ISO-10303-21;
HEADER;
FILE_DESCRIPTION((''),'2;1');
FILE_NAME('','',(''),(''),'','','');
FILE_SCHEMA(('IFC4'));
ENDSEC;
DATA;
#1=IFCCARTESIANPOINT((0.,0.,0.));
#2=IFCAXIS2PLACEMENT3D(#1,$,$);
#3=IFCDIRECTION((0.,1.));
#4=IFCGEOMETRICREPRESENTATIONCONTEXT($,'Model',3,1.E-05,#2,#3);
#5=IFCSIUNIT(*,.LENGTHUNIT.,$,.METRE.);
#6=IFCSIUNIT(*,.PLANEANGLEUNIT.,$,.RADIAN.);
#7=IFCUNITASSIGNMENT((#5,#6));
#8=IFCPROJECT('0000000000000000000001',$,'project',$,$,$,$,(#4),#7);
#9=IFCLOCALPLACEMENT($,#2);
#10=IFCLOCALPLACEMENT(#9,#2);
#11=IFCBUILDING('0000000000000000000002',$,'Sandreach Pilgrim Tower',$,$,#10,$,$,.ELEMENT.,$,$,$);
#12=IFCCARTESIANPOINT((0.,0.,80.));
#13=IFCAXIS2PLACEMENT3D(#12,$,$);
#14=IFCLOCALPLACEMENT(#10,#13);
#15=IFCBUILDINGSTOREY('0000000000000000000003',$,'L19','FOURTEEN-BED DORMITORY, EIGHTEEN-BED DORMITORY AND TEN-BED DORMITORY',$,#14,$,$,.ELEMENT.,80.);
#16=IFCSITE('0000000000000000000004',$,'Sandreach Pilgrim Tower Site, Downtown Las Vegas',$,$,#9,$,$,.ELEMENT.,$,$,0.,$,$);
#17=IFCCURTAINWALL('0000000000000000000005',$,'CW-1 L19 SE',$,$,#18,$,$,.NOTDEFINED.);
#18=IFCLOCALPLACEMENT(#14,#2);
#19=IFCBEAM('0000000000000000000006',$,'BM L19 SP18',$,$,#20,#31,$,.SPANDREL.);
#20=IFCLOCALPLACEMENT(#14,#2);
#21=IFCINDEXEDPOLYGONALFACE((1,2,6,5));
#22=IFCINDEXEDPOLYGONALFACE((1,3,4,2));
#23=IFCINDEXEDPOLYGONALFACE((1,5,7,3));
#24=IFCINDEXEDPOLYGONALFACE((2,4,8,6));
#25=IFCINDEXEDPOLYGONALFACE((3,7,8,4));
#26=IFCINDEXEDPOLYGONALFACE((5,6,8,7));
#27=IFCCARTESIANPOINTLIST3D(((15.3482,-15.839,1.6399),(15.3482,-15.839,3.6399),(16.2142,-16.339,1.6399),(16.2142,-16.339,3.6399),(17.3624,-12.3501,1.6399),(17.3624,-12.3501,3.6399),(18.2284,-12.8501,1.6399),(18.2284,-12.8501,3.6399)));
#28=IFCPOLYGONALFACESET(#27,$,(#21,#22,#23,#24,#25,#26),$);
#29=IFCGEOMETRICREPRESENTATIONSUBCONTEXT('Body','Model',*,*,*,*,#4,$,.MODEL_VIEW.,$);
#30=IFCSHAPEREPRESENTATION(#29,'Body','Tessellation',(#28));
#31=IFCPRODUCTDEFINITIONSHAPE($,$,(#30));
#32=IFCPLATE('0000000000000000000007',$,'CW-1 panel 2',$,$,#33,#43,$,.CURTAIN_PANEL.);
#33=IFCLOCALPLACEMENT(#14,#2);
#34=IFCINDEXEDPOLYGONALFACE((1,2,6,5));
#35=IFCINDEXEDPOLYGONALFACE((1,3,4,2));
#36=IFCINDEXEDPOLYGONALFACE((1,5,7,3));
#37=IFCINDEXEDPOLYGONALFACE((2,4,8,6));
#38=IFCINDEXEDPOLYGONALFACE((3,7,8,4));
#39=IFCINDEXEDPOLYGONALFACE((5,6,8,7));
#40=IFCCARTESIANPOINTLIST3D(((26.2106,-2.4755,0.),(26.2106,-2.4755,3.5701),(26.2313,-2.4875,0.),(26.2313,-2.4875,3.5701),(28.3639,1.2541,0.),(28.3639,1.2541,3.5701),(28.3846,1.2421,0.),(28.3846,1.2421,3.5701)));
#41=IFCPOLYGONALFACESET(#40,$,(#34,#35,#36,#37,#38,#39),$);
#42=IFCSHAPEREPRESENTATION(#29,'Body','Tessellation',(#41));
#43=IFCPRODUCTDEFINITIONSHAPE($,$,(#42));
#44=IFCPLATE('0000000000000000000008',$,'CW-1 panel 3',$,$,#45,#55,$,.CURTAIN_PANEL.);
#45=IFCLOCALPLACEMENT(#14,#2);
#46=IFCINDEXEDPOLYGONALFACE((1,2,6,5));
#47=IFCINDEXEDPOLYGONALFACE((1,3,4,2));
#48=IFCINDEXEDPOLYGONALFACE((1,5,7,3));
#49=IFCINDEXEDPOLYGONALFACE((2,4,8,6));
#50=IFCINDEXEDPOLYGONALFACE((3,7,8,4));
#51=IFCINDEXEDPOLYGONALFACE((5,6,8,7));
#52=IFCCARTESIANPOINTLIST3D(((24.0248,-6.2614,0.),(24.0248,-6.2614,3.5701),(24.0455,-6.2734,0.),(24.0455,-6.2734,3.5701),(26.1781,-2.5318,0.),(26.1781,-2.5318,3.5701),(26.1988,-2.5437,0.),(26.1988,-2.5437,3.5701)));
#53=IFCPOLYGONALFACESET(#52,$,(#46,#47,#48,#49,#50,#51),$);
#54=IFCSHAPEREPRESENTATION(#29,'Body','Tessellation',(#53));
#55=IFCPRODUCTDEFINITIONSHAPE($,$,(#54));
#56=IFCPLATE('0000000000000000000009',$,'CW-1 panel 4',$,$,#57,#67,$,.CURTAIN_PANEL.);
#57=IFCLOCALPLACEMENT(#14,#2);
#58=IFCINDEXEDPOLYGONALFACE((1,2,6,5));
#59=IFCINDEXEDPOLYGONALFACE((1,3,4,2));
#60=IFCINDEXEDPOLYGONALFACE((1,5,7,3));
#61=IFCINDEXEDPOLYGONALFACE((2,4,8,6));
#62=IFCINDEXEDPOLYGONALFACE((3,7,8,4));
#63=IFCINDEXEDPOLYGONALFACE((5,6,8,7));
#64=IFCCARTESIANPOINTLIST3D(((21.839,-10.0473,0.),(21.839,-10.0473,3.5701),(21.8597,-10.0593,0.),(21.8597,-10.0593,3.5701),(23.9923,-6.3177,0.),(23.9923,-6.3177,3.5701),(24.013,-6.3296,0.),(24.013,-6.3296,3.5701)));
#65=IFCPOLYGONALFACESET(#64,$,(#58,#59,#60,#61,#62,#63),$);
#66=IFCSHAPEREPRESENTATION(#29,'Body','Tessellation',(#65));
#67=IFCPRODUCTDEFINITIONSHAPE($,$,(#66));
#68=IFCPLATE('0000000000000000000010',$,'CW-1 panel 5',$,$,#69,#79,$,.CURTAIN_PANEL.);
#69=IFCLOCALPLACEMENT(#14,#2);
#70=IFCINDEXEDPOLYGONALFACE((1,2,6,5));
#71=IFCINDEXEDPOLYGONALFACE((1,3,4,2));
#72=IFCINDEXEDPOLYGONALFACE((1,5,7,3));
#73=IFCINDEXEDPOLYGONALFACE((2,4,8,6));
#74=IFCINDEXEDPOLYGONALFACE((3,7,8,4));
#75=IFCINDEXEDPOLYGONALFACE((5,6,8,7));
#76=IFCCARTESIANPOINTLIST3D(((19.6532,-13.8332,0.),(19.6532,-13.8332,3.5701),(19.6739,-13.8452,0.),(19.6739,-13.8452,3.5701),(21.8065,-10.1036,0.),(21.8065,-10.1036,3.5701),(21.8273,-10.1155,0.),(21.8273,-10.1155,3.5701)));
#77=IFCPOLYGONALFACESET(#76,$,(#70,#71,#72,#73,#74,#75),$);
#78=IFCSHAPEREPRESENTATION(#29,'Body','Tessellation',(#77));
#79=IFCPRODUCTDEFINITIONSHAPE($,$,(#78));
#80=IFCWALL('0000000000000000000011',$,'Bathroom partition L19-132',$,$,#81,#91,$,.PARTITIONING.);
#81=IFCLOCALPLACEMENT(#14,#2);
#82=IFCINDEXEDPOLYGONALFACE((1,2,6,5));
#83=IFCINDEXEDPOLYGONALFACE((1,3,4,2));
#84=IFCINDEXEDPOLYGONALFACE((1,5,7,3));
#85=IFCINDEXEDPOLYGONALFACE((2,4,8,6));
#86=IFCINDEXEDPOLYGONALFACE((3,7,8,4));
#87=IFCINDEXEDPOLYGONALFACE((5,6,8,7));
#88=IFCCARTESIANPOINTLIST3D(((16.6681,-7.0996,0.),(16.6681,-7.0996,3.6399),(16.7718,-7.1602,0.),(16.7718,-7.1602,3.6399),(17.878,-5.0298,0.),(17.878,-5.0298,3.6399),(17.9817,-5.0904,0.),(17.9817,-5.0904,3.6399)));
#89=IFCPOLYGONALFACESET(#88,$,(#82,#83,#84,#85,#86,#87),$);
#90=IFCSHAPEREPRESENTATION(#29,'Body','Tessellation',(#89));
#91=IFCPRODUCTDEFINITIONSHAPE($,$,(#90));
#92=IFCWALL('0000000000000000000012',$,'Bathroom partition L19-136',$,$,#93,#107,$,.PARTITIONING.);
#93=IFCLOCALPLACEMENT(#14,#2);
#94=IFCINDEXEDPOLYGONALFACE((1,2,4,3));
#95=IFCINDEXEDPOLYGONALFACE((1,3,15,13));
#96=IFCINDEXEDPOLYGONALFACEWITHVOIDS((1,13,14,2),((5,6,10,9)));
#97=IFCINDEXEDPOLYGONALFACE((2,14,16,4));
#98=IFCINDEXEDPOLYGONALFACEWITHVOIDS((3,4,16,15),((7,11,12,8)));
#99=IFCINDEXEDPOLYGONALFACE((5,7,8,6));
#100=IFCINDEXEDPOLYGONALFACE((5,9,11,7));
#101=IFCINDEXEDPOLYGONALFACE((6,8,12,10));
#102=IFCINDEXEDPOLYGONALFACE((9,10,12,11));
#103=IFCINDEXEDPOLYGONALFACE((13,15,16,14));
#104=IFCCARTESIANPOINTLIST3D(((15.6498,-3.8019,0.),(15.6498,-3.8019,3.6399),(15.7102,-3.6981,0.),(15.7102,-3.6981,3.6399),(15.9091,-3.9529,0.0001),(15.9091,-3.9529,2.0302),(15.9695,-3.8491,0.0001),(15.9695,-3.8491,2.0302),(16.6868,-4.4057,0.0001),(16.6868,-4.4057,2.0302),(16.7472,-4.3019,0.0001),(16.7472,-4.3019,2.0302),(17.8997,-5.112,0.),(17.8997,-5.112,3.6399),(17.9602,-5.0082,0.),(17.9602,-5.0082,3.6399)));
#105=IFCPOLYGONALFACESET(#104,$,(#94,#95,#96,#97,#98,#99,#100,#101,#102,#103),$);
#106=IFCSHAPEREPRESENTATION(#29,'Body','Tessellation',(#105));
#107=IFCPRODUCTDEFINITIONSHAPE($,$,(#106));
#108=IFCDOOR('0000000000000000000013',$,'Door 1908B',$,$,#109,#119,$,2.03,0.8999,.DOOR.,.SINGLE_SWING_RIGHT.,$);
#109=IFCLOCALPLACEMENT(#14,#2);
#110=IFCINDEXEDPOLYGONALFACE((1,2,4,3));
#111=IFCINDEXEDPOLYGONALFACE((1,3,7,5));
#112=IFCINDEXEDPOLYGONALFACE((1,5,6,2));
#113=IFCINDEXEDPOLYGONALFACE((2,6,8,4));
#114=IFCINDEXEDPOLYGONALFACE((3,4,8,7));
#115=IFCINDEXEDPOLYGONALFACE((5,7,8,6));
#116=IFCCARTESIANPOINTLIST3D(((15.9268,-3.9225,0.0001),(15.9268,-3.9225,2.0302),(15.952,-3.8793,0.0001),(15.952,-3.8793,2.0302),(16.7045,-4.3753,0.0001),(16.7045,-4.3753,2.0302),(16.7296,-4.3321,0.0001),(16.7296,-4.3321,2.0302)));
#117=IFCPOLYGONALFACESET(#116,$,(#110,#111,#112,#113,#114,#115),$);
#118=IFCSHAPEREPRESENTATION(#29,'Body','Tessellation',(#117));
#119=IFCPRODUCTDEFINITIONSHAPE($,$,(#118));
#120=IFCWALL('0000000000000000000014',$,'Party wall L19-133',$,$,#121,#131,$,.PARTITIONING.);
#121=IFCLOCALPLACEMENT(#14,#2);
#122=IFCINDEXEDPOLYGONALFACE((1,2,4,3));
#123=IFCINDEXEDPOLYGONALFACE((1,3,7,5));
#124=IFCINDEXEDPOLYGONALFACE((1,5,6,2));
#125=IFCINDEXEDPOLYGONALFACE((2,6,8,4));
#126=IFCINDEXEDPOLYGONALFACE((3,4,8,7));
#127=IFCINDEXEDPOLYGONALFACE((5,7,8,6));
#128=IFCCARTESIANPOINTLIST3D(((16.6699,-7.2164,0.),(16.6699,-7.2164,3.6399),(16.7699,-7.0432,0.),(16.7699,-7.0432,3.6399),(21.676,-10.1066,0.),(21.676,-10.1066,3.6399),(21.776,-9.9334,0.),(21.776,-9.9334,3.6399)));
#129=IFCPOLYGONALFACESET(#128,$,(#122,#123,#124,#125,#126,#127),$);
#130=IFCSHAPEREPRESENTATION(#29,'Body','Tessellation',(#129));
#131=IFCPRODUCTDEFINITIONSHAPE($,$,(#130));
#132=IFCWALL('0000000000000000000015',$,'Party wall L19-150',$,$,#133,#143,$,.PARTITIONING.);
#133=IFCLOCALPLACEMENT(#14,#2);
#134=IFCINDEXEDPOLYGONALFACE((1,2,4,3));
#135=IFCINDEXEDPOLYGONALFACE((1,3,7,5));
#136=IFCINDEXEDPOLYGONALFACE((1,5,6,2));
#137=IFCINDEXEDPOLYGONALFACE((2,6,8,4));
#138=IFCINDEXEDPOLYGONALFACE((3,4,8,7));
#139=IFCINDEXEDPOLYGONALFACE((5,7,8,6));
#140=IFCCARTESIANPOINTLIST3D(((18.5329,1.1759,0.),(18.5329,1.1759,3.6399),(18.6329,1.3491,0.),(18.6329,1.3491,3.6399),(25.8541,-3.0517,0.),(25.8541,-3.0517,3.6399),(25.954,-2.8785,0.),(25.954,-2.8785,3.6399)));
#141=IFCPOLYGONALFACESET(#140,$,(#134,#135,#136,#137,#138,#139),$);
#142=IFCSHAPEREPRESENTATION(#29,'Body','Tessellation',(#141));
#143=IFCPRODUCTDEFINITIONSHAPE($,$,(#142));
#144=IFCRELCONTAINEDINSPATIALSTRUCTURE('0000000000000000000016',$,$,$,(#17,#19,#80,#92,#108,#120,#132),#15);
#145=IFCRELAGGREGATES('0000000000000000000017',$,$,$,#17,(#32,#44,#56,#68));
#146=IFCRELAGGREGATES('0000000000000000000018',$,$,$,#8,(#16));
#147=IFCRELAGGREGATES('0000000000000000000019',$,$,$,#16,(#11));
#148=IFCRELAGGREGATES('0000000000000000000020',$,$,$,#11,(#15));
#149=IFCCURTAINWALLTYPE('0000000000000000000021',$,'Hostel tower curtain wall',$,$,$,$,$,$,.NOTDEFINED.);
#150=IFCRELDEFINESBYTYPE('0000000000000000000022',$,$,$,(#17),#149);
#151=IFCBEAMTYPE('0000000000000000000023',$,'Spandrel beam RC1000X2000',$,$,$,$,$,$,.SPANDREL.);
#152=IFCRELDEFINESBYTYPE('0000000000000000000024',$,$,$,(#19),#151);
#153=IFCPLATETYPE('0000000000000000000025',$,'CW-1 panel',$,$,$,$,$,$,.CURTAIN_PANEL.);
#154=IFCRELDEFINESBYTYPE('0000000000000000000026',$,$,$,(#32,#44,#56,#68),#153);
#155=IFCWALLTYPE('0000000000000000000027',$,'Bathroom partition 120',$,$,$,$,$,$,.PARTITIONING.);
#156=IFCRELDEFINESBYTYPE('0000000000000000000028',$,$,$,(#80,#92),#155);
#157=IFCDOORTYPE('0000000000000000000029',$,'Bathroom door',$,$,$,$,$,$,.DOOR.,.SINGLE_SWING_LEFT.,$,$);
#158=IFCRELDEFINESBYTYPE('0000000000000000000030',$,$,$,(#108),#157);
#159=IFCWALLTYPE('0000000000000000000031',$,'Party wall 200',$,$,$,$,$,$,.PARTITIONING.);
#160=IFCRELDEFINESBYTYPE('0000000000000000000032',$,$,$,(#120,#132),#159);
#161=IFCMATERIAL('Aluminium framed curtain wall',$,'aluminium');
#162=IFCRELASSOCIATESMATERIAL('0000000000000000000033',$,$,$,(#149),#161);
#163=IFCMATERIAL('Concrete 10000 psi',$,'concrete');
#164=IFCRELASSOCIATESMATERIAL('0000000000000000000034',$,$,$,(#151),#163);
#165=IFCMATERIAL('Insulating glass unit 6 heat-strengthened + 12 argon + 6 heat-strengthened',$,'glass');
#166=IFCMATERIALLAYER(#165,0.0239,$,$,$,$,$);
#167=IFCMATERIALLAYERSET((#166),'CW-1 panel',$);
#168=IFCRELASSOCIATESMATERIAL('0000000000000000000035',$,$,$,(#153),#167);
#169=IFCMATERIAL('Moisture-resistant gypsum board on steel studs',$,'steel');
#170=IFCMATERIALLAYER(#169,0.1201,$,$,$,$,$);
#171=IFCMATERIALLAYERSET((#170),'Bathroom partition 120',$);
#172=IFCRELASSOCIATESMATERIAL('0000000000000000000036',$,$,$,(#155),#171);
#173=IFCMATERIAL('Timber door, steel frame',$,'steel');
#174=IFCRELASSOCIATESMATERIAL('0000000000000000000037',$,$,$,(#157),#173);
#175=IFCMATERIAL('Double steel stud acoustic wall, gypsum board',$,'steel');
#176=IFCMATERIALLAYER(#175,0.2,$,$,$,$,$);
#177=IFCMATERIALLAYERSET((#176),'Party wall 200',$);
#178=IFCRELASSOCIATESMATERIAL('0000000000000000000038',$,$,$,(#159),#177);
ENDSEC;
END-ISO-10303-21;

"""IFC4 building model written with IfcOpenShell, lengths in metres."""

from ifc_helpers import new_model, si_unit, direction, frame, frame_2d, origin, origin_2d, place, context, subcontext, project, spatial, rectangle, extrude, material, layer, layer_set, material_profile, profile_set, type_object, element, fill, aggregate, save


model = new_model("IFC4")

# Units and contexts
model_context = context("Model", 3, precision=1e-05, world=origin(), true_north=direction((0.0, 1.0)))
body_context = subcontext(model_context, "Body", "Model", "MODEL_VIEW")
ifc_project = project(units=[si_unit("LENGTHUNIT", "METRE"), si_unit("PLANEANGLEUNIT", "RADIAN")], contexts=[model_context])

# Site, building, storey
site_placement = place(None, origin())
site = spatial("IfcSite", under=ifc_project, at=site_placement, Name="Sandreach Pilgrim Tower Site, Downtown Las Vegas", CompositionType="ELEMENT", RefElevation=0.0)
building_placement = place(site_placement, origin())
building = spatial("IfcBuilding", under=site, at=building_placement, Name="Sandreach Pilgrim Tower", CompositionType="ELEMENT")
storey_placement = place(building_placement, frame((0.0, 0.0, 80.0)))
storey = spatial("IfcBuildingStorey", under=building, at=storey_placement, Name="L19", Description="FOURTEEN-BED DORMITORY, EIGHTEEN-BED DORMITORY AND TEN-BED DORMITORY", CompositionType="ELEMENT", Elevation=80.0)

# Curtain wall
ifc_material_1 = material(Name="Aluminium framed curtain wall", Category="aluminium")
curtain_wall_type = type_object("IfcCurtainWallType", Name="Hostel tower curtain wall", PredefinedType="NOTDEFINED", material=ifc_material_1)
curtain_wall_placement = place(storey_placement, origin())
curtain_wall = element("IfcCurtainWall", 1, at=curtain_wall_placement, inside=storey, type_object=curtain_wall_type, Name="CW-1 L19 SE", PredefinedType="NOTDEFINED")

# Beam
ifc_material_2 = material(Name="Concrete 10000 psi", Category="concrete")
ifc_material_profile_1 = material_profile(ifc_material_2, rectangle(XDim=1.0, YDim=2.0, at=origin_2d()), Name="RC1000X2000")
ifc_profile_set_1 = profile_set([ifc_material_profile_1], Name="Concrete 10000 psi")
beam_type_1 = type_object("IfcBeamType", Name="Spandrel beam RC1000X2000", PredefinedType="SPANDREL", material=ifc_profile_set_1)
for number, where, z_axis, x_axis, name in (
    (2, (17.7954, -12.6001, 2.6399), (-0.499985, -0.866034, 0.0), (0.866034, -0.499985, 0.0), "BM L19 SP18"),
):
    element("IfcBeam", number, at=place(storey_placement, frame(where, z_axis=z_axis, x_axis=x_axis)), inside=storey, type_object=beam_type_1, Name=name, PredefinedType="SPANDREL", context=body_context, shape_type="SweptSolid", body=[
        extrude(rectangle(XDim=1.0, YDim=2.0, at=origin_2d()), origin(), (0.0, 0.0, 1.0), 4.0286),
    ])

# Plates
ifc_material_3 = material(Name="Insulating glass unit 6 heat-strengthened + 12 argon + 6 heat-strengthened", Category="glass")
ifc_layer_1 = layer(ifc_material_3, 0.0239)
ifc_layer_set_1 = layer_set([ifc_layer_1], Name="CW-1 panel")
plate_type = type_object("IfcPlateType", Name="CW-1 panel", PredefinedType="CURTAIN_PANEL", material=ifc_layer_set_1)
plate_1_placement = place(storey_placement, frame((27.2976, -0.6167, 0.0), z_axis=(0.0, 0.0, 1.0), x_axis=(-0.5, -0.866025, 0.0)))
plate_1 = element("IfcPlate", 3, at=plate_1_placement, type_object=plate_type, Name="CW-1 panel 2", PredefinedType="CURTAIN_PANEL", context=body_context, shape_type="SweptSolid", body=[
    extrude(rectangle(XDim=4.3066, YDim=0.0239, at=origin_2d()), origin(), (0.0, 0.0, 1.0), 3.5701),
])
plate_2_placement = place(storey_placement, frame((25.1118, -4.4026, 0.0), z_axis=(0.0, 0.0, 1.0), x_axis=(-0.5, -0.866025, 0.0)))
plate_2 = element("IfcPlate", 4, at=plate_2_placement, type_object=plate_type, Name="CW-1 panel 3", PredefinedType="CURTAIN_PANEL", context=body_context, shape_type="SweptSolid", body=[
    extrude(rectangle(XDim=4.3066, YDim=0.0239, at=origin_2d()), origin(), (0.0, 0.0, 1.0), 3.5701),
])
plate_3_placement = place(storey_placement, frame((22.926, -8.1885, 0.0), z_axis=(0.0, 0.0, 1.0), x_axis=(-0.5, -0.866025, 0.0)))
plate_3 = element("IfcPlate", 5, at=plate_3_placement, type_object=plate_type, Name="CW-1 panel 4", PredefinedType="CURTAIN_PANEL", context=body_context, shape_type="SweptSolid", body=[
    extrude(rectangle(XDim=4.3066, YDim=0.0239, at=origin_2d()), origin(), (0.0, 0.0, 1.0), 3.5701),
])
plate_4_placement = place(storey_placement, frame((20.7402, -11.9744, 0.0), z_axis=(0.0, 0.0, 1.0), x_axis=(-0.5, -0.866025, 0.0)))
plate_4 = element("IfcPlate", 6, at=plate_4_placement, type_object=plate_type, Name="CW-1 panel 5", PredefinedType="CURTAIN_PANEL", context=body_context, shape_type="SweptSolid", body=[
    extrude(rectangle(XDim=4.3066, YDim=0.0239, at=origin_2d()), origin(), (0.0, 0.0, 1.0), 3.5701),
])
aggregate(curtain_wall, [plate_1, plate_2, plate_3, plate_4])

# Wall
ifc_material_4 = material(Name="Moisture-resistant gypsum board on steel studs", Category="steel")
ifc_layer_2 = layer(ifc_material_4, 0.1201)
ifc_layer_set_2 = layer_set([ifc_layer_2], Name="Bathroom partition 120")
wall_type_1 = type_object("IfcWallType", Name="Bathroom partition 120", PredefinedType="PARTITIONING", material=ifc_layer_set_2)
wall_1_placement = place(storey_placement, frame((16.72, -7.1299, 0.0), z_axis=(0.0, 0.0, 1.0), x_axis=(0.504669, 0.863313, 0.0)))
element("IfcWall", 7, at=wall_1_placement, inside=storey, type_object=wall_type_1, Name="Bathroom partition L19-132", PredefinedType="PARTITIONING", context=body_context, shape_type="SweptSolid", body=[
    extrude(rectangle(XDim=2.3975, YDim=0.1201, at=frame_2d((1.1987, 0.0))), origin(), (0.0, 0.0, 1.0), 3.6399),
])

# Wall, opening, door
wall_2_placement = place(storey_placement, frame((17.9299, -5.0601, 0.0), z_axis=(0.0, 0.0, 1.0), x_axis=(-0.864187, 0.503171, 0.0)))
wall_2 = element("IfcWall", 8, at=wall_2_placement, inside=storey, type_object=wall_type_1, Name="Bathroom partition L19-136", PredefinedType="PARTITIONING", context=body_context, shape_type="SweptSolid", body=[
    extrude(rectangle(XDim=2.6035, YDim=0.1201, at=frame_2d((1.3018, 0.0))), origin(), (0.0, 0.0, 1.0), 3.6399),
])
opening_placement = place(wall_2_placement, frame((1.4036, 0.0, 0.0)))
opening = element("IfcOpeningElement", 9, at=opening_placement, cuts=wall_2, PredefinedType="OPENING", context=body_context, shape_type="SweptSolid", body=[
    extrude(rectangle(XDim=0.8999, YDim=2.03, at=frame_2d((0.45, 1.0151))), frame((0.0, 0.0601, 0.0), z_axis=(0.0, -1.0, 0.0), x_axis=(1.0, 0.0, 0.0)), (0.0, 0.0, 1.0), 0.1201),
])
ifc_material_5 = material(Name="Timber door, steel frame", Category="steel")
door_type = type_object("IfcDoorType", Name="Bathroom door", OperationType="SINGLE_SWING_LEFT", PredefinedType="DOOR", material=ifc_material_5)
door_placement = place(opening_placement, origin())
door = element("IfcDoor", 10, at=door_placement, inside=storey, type_object=door_type, Name="Door 1908B", OperationType="SINGLE_SWING_RIGHT", OverallHeight=2.03, OverallWidth=0.8999, PredefinedType="DOOR", context=body_context, shape_type="SweptSolid", body=[
    extrude(rectangle(XDim=0.8999, YDim=2.03, at=frame_2d((0.45, 1.0151))), frame((0.0, 0.0249, 0.0), z_axis=(0.0, -1.0, 0.0), x_axis=(1.0, 0.0, 0.0)), (0.0, 0.0, 1.0), 0.05),
])
fill(opening, door)

# Walls
ifc_material_6 = material(Name="Double steel stud acoustic wall, gypsum board", Category="steel")
ifc_layer_3 = layer(ifc_material_6, 0.2)
ifc_layer_set_3 = layer_set([ifc_layer_3], Name="Party wall 200")
wall_type_2 = type_object("IfcWallType", Name="Party wall 200", PredefinedType="PARTITIONING", material=ifc_layer_set_3)
wall_3_placement = place(storey_placement, frame((16.72, -7.1299, 0.0), z_axis=(0.0, 0.0, 1.0), x_axis=(0.866036, -0.499982, 0.0)))
element("IfcWall", 11, at=wall_3_placement, inside=storey, type_object=wall_type_2, Name="Party wall L19-133", PredefinedType="PARTITIONING", context=body_context, shape_type="SweptSolid", body=[
    extrude(rectangle(XDim=5.7805, YDim=0.2, at=frame_2d((2.8901, 0.0))), origin(), (0.0, 0.0, 1.0), 3.6399),
])
wall_4_placement = place(storey_placement, frame((25.9041, -2.9651, 0.0), z_axis=(0.0, 0.0, 1.0), x_axis=(-0.865988, 0.500065, 0.0)))
element("IfcWall", 12, at=wall_4_placement, inside=storey, type_object=wall_type_2, Name="Party wall L19-150", PredefinedType="PARTITIONING", context=body_context, shape_type="SweptSolid", body=[
    extrude(rectangle(XDim=8.4541, YDim=0.2, at=frame_2d((4.2271, 0.0))), origin(), (0.0, 0.0, 1.0), 3.6399),
])

save(model, "model.ifc")
